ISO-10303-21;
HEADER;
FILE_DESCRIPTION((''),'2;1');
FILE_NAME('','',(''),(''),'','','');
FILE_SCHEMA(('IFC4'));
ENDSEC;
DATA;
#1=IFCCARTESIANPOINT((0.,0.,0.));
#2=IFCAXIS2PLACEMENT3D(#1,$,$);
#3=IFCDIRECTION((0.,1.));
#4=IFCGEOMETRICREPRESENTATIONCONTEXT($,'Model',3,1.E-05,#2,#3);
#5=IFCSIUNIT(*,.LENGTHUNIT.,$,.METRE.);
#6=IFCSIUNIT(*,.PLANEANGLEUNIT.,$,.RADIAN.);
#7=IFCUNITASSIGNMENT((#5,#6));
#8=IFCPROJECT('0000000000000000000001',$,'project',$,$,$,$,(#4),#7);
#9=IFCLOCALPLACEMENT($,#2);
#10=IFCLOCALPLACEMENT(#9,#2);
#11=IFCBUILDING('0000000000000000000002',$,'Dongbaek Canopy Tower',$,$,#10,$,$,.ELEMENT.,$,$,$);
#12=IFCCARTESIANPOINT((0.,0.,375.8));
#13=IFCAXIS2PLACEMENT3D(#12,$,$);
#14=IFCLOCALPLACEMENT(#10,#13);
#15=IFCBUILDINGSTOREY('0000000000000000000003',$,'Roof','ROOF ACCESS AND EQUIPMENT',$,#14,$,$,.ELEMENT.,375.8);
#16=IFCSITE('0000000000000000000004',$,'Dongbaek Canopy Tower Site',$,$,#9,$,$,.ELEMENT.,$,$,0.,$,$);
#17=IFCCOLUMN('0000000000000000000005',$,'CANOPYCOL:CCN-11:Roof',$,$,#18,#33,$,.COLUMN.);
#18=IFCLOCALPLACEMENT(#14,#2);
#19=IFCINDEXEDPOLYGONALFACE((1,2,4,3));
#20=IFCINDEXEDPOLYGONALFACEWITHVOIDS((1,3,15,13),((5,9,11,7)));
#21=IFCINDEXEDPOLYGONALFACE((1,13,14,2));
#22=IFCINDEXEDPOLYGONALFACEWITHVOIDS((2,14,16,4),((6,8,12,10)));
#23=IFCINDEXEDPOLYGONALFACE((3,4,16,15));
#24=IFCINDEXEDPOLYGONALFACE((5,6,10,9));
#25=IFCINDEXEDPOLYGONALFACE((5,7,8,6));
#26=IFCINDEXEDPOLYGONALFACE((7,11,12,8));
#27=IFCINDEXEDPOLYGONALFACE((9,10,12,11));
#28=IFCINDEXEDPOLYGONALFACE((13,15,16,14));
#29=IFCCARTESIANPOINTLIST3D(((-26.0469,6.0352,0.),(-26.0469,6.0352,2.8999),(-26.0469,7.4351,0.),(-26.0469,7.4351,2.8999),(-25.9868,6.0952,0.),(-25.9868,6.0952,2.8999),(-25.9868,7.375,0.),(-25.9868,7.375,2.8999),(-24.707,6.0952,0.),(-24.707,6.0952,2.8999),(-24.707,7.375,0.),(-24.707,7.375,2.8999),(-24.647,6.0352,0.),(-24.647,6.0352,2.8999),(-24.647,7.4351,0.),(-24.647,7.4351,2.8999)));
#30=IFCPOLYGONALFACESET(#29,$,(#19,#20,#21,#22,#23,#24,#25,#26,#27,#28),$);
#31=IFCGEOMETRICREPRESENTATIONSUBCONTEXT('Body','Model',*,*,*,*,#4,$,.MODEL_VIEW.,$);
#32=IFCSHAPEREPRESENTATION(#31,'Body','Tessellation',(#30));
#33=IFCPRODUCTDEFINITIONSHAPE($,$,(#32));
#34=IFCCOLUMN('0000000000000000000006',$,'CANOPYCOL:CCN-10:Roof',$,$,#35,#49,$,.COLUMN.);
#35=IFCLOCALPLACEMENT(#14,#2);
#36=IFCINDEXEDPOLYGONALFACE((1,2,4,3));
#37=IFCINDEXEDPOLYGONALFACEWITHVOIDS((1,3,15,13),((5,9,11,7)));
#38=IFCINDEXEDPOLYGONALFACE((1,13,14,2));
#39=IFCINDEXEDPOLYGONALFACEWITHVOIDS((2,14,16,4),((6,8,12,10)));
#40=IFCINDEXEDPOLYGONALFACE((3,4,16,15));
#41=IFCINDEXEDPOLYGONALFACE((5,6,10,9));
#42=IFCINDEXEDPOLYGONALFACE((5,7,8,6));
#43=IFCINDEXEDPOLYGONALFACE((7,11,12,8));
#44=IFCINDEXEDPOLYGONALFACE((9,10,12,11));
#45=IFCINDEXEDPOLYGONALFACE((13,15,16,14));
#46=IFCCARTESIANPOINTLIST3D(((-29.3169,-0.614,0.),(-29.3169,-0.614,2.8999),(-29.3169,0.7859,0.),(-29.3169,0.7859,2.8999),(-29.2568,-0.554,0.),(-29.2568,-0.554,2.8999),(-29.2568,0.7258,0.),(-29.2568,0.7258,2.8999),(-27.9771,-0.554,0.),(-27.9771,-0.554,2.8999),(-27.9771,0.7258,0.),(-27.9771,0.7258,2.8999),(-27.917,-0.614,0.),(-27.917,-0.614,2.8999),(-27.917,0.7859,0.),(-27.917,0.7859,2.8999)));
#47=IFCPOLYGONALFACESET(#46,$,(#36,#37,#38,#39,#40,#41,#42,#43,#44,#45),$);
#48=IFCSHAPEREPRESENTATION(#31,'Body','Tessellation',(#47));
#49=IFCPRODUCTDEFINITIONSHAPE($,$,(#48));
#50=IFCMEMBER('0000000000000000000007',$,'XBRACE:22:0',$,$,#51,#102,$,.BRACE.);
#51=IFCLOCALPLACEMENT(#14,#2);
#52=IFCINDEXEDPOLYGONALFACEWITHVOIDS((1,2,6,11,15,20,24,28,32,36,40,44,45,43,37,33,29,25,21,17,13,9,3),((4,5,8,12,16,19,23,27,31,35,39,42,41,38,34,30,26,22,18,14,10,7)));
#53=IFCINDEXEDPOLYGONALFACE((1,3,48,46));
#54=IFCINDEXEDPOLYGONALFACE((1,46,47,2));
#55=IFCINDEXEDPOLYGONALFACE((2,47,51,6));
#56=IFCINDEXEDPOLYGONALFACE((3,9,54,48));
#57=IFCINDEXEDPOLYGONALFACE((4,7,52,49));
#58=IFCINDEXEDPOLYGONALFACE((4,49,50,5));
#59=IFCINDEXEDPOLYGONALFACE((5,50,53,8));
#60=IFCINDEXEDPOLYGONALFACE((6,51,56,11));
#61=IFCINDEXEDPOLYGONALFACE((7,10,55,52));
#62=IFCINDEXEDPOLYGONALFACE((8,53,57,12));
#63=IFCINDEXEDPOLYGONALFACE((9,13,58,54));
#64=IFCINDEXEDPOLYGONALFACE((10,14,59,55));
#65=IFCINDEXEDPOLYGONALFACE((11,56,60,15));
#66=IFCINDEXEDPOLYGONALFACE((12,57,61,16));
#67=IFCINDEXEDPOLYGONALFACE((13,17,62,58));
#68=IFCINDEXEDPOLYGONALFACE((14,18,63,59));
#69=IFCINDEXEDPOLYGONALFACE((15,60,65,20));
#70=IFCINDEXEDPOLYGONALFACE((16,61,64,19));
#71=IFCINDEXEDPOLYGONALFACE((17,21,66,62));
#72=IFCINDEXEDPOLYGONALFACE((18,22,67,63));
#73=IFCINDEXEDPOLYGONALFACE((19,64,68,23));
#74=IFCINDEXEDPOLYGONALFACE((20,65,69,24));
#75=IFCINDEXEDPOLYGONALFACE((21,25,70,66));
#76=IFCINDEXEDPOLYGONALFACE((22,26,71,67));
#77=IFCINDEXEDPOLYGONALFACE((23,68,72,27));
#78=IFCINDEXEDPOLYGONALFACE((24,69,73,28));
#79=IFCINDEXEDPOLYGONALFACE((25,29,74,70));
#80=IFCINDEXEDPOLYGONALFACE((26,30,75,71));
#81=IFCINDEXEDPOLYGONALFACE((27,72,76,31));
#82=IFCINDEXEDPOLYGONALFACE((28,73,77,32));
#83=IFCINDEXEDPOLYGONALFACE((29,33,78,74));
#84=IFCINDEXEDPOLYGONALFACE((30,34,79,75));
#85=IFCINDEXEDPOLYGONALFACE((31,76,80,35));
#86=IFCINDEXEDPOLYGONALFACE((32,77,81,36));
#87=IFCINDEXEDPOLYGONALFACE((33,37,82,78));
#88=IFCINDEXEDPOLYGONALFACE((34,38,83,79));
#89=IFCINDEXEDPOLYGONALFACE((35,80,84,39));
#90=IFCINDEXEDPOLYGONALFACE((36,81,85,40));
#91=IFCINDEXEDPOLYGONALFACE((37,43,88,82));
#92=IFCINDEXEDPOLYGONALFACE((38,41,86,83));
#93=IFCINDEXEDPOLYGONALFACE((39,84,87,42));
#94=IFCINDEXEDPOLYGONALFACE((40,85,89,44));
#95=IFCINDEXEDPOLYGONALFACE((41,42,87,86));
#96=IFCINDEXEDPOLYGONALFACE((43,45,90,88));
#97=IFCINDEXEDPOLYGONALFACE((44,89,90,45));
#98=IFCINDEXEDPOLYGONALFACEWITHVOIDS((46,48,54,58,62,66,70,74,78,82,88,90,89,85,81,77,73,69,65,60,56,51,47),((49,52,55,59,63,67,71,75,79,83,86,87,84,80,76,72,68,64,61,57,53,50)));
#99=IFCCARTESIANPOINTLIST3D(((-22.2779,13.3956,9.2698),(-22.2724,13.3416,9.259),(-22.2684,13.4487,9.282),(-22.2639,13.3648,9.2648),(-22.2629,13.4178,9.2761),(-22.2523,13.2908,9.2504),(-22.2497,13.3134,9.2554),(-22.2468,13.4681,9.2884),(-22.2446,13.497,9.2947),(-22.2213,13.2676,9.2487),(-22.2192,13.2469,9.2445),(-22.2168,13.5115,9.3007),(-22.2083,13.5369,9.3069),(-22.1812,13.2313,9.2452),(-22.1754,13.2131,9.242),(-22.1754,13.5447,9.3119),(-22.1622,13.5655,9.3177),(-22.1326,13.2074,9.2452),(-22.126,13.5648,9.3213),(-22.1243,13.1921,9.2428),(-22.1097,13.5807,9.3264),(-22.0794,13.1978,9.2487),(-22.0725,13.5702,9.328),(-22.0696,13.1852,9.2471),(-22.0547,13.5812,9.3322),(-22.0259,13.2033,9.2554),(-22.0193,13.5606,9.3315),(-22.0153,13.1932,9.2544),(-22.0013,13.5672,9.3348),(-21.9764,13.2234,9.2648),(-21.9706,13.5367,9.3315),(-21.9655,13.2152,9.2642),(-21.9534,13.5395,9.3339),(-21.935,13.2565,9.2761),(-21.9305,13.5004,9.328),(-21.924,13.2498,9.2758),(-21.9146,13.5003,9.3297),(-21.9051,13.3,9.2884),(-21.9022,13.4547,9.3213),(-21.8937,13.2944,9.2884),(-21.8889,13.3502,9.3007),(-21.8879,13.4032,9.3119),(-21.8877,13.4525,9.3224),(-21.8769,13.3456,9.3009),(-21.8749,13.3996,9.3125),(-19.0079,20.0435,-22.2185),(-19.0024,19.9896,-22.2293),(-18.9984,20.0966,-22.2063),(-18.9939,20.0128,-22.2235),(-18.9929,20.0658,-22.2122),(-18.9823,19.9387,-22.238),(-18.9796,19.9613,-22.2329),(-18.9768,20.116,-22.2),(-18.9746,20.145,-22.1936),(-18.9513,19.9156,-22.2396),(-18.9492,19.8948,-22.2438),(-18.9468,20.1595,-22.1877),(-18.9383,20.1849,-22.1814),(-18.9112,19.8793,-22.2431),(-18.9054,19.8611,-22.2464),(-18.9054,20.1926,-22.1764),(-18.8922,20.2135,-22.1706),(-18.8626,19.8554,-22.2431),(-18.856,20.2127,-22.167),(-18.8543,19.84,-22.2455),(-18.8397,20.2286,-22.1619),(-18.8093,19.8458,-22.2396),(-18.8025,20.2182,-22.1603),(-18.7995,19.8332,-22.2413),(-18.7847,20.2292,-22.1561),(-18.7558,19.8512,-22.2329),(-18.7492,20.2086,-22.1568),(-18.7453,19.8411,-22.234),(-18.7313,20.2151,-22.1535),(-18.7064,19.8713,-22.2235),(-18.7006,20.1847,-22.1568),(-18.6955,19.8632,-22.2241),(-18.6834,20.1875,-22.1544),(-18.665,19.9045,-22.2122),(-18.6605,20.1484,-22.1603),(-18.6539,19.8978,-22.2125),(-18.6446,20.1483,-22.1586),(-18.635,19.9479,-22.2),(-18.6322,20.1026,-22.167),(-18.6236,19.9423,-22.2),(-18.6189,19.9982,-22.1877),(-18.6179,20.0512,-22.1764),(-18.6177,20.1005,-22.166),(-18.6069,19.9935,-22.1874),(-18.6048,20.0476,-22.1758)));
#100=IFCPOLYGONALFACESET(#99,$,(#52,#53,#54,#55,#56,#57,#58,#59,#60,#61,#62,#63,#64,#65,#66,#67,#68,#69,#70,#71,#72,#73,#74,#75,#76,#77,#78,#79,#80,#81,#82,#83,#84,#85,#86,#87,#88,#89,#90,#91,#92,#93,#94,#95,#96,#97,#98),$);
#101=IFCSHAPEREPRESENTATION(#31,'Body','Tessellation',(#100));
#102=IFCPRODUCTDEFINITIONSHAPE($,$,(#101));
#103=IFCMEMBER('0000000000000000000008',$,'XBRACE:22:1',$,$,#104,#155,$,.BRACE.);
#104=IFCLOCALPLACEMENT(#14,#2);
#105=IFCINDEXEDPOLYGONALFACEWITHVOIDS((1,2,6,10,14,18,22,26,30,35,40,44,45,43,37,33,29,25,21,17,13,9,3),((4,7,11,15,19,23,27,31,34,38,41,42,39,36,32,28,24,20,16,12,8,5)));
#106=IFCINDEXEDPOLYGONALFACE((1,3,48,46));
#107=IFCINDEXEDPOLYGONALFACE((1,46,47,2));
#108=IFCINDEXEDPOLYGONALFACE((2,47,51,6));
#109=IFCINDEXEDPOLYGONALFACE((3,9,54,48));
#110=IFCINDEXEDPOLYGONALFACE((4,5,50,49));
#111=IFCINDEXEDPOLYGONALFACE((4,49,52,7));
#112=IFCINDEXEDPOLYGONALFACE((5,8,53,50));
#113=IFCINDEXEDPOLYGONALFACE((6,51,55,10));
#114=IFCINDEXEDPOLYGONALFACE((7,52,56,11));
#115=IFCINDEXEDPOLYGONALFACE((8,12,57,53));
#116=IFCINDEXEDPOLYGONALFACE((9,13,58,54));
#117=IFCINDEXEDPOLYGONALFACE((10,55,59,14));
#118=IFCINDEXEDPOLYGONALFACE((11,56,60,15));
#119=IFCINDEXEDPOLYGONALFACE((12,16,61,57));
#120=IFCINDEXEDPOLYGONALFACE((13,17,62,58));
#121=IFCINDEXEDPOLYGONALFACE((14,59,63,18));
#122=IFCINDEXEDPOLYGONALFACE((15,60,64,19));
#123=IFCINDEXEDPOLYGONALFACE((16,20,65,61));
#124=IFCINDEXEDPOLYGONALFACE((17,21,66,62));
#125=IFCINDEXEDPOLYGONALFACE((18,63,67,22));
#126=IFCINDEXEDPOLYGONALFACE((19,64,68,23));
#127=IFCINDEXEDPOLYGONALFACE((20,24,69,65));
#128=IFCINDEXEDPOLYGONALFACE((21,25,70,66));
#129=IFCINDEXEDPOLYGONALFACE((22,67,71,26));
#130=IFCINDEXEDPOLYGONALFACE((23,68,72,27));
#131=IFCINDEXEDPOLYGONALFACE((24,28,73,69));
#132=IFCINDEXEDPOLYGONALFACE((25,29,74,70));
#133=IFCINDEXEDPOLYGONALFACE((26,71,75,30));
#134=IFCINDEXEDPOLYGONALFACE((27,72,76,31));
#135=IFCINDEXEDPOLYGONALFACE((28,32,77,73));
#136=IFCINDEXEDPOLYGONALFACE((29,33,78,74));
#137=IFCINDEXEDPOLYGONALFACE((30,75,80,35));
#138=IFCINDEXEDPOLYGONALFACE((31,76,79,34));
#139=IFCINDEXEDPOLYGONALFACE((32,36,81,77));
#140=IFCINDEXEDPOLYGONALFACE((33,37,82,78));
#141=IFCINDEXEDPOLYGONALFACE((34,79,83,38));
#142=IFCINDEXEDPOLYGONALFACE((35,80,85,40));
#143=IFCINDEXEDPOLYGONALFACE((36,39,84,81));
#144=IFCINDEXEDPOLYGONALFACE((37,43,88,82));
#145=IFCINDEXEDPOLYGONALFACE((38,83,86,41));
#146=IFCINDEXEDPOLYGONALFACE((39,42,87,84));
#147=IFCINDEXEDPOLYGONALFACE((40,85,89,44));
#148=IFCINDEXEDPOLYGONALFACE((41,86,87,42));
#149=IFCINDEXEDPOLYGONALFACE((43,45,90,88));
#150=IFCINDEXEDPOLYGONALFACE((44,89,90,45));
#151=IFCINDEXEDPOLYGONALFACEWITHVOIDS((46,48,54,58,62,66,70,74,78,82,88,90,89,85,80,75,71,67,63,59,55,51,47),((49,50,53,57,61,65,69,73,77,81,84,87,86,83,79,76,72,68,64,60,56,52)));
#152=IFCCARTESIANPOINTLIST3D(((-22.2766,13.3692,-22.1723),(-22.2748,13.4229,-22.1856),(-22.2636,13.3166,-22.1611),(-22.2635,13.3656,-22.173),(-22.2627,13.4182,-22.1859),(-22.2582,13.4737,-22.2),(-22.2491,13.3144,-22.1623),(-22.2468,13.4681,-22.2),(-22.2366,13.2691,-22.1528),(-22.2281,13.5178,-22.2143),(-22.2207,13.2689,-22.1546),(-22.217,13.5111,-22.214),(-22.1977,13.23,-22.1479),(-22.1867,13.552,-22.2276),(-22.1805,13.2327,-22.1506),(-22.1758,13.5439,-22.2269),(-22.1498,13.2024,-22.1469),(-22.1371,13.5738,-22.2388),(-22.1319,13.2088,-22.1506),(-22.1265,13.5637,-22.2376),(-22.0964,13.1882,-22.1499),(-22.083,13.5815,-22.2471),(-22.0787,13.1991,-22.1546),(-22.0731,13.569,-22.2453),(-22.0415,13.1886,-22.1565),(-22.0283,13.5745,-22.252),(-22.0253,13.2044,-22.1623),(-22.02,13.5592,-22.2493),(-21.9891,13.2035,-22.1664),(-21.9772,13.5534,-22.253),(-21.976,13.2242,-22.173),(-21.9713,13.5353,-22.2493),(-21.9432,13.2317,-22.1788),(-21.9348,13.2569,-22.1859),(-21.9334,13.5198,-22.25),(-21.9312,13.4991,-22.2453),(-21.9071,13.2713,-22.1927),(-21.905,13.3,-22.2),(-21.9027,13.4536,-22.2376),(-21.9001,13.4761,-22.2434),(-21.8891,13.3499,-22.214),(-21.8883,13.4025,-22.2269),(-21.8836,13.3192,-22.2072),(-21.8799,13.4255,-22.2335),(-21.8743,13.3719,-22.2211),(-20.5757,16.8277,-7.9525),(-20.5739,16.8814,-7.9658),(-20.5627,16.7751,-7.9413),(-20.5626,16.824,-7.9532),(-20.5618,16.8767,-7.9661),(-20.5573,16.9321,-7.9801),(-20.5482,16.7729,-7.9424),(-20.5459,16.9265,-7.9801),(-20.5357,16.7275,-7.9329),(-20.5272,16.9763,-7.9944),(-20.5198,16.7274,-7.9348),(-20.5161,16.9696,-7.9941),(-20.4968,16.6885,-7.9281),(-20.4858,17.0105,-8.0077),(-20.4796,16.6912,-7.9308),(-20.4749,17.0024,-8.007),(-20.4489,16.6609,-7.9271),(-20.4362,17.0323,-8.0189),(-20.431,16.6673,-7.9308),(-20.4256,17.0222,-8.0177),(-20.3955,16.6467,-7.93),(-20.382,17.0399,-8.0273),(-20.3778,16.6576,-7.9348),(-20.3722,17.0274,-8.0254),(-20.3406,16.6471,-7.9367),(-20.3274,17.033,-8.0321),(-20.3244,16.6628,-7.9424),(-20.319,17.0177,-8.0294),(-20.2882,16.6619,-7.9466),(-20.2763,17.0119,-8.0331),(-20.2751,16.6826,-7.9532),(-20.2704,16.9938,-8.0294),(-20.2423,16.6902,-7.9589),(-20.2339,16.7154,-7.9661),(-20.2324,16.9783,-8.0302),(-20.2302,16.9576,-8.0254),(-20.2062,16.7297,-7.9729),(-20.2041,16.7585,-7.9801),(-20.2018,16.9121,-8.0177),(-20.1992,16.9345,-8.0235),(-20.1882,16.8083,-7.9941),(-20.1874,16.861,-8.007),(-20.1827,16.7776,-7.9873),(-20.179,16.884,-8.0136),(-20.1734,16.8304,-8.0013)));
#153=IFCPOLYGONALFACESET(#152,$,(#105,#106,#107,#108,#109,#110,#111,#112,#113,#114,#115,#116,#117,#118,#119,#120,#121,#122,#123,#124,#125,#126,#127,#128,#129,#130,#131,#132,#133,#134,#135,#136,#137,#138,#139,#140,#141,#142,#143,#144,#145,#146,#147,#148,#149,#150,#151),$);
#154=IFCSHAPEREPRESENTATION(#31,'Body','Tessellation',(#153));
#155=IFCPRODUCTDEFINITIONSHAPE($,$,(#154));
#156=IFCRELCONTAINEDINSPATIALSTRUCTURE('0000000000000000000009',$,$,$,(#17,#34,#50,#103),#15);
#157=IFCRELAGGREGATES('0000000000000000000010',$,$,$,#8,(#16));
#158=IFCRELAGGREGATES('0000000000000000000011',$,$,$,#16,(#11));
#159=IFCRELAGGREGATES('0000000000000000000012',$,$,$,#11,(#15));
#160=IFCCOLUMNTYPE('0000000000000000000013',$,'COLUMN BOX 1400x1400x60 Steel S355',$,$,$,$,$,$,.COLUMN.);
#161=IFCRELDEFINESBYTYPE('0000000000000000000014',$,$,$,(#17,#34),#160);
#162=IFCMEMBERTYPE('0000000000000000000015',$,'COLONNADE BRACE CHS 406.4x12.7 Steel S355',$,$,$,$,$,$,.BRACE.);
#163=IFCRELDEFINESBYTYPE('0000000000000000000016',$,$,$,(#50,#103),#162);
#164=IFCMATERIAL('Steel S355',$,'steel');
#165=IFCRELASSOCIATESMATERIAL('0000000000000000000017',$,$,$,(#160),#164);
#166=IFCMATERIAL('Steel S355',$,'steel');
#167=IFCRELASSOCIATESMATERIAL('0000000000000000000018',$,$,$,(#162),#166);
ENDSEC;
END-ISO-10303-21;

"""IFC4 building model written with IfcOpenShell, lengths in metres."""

from ifc_helpers import new_model, si_unit, direction, frame, origin, origin_2d, place, context, subcontext, project, spatial, hollow_rectangle, hollow_circle, extrude, material, material_profile, profile_set, type_object, element, save


model = new_model("IFC4")

# Units and contexts
model_context = context("Model", 3, precision=1e-05, world=origin(), true_north=direction((0.0, 1.0)))
body_context = subcontext(model_context, "Body", "Model", "MODEL_VIEW")
ifc_project = project(units=[si_unit("LENGTHUNIT", "METRE"), si_unit("PLANEANGLEUNIT", "RADIAN")], contexts=[model_context])

# Site, building, storey
site_placement = place(None, origin())
site = spatial("IfcSite", under=ifc_project, at=site_placement, Name="Dongbaek Canopy Tower Site", CompositionType="ELEMENT", RefElevation=0.0)
building_placement = place(site_placement, origin())
building = spatial("IfcBuilding", under=site, at=building_placement, Name="Dongbaek Canopy Tower", CompositionType="ELEMENT")
storey_placement = place(building_placement, frame((0.0, 0.0, 375.8)))
storey = spatial("IfcBuildingStorey", under=building, at=storey_placement, Name="Roof", Description="ROOF ACCESS AND EQUIPMENT", CompositionType="ELEMENT", Elevation=375.8)

# Columns
ifc_material_1 = material(Name="Steel S355", Category="steel")
ifc_material_profile_1 = material_profile(ifc_material_1, hollow_rectangle(XDim=1.3999, YDim=1.3999, WallThickness=0.0601, at=origin_2d()), Name="COLUMN BOX 1400x1400x60 Steel S355")
ifc_profile_set_1 = profile_set([ifc_material_profile_1], Name="Steel S355")
column_type = type_object("IfcColumnType", Name="COLUMN BOX 1400x1400x60 Steel S355", PredefinedType="COLUMN", material=ifc_profile_set_1)
for number, where, z_axis, x_axis, name in (
    (1, (-25.3469, 6.7351, 0.0), (0.0, 0.0, 1.0), (1.0, 0.0, 0.0), "CANOPYCOL:CCN-11:Roof"),
    (2, (-28.6169, 0.0859, 0.0), (0.0, 0.0, 1.0), (1.0, 0.0, 0.0), "CANOPYCOL:CCN-10:Roof"),
):
    element("IfcColumn", number, at=place(storey_placement, frame(where, z_axis=z_axis, x_axis=x_axis)), inside=storey, type_object=column_type, Name=name, PredefinedType="COLUMN", context=body_context, shape_type="SweptSolid", body=[
        extrude(hollow_rectangle(XDim=1.3999, YDim=1.3999, WallThickness=0.0601, at=origin_2d()), origin(), (0.0, 0.0, 1.0), 2.8999),
    ])

# Members
ifc_material_2 = material(Name="Steel S355", Category="steel")
ifc_material_profile_2 = material_profile(ifc_material_2, hollow_circle(Radius=0.2031, WallThickness=0.0127, at=origin_2d()), Name="COLONNADE BRACE CHS 406.4x12.7 Steel S355")
ifc_profile_set_2 = profile_set([ifc_material_profile_2], Name="Steel S355")
member_type = type_object("IfcMemberType", Name="COLONNADE BRACE CHS 406.4x12.7 Steel S355", PredefinedType="BRACE", material=ifc_profile_set_2)
member_1_placement = place(storey_placement, frame((-18.8059, 20.032, -22.2), z_axis=(-0.101088, -0.205513, 0.97342), x_axis=(0.897321, -0.441378, 0.0)))
element("IfcMember", 3, at=member_1_placement, inside=storey, type_object=member_type, Name="XBRACE:22:0", PredefinedType="BRACE", context=body_context, shape_type="SweptSolid", body=[
    extrude(hollow_circle(Radius=0.2031, WallThickness=0.0127, at=origin_2d()), origin(), (0.0, 0.0, 1.0), 32.3481),
])
member_2_placement = place(storey_placement, frame((-22.0759, 13.384, -22.2), z_axis=(0.11545, 0.234745, 0.965177), x_axis=(-0.897347, 0.441326, 0.0)))
element("IfcMember", 4, at=member_2_placement, inside=storey, type_object=member_type, Name="XBRACE:22:1", PredefinedType="BRACE", context=body_context, shape_type="SweptSolid", body=[
    extrude(hollow_circle(Radius=0.2031, WallThickness=0.0127, at=origin_2d()), origin(), (0.0, 0.0, 1.0), 14.7329),
])

save(model, "model.ifc")
